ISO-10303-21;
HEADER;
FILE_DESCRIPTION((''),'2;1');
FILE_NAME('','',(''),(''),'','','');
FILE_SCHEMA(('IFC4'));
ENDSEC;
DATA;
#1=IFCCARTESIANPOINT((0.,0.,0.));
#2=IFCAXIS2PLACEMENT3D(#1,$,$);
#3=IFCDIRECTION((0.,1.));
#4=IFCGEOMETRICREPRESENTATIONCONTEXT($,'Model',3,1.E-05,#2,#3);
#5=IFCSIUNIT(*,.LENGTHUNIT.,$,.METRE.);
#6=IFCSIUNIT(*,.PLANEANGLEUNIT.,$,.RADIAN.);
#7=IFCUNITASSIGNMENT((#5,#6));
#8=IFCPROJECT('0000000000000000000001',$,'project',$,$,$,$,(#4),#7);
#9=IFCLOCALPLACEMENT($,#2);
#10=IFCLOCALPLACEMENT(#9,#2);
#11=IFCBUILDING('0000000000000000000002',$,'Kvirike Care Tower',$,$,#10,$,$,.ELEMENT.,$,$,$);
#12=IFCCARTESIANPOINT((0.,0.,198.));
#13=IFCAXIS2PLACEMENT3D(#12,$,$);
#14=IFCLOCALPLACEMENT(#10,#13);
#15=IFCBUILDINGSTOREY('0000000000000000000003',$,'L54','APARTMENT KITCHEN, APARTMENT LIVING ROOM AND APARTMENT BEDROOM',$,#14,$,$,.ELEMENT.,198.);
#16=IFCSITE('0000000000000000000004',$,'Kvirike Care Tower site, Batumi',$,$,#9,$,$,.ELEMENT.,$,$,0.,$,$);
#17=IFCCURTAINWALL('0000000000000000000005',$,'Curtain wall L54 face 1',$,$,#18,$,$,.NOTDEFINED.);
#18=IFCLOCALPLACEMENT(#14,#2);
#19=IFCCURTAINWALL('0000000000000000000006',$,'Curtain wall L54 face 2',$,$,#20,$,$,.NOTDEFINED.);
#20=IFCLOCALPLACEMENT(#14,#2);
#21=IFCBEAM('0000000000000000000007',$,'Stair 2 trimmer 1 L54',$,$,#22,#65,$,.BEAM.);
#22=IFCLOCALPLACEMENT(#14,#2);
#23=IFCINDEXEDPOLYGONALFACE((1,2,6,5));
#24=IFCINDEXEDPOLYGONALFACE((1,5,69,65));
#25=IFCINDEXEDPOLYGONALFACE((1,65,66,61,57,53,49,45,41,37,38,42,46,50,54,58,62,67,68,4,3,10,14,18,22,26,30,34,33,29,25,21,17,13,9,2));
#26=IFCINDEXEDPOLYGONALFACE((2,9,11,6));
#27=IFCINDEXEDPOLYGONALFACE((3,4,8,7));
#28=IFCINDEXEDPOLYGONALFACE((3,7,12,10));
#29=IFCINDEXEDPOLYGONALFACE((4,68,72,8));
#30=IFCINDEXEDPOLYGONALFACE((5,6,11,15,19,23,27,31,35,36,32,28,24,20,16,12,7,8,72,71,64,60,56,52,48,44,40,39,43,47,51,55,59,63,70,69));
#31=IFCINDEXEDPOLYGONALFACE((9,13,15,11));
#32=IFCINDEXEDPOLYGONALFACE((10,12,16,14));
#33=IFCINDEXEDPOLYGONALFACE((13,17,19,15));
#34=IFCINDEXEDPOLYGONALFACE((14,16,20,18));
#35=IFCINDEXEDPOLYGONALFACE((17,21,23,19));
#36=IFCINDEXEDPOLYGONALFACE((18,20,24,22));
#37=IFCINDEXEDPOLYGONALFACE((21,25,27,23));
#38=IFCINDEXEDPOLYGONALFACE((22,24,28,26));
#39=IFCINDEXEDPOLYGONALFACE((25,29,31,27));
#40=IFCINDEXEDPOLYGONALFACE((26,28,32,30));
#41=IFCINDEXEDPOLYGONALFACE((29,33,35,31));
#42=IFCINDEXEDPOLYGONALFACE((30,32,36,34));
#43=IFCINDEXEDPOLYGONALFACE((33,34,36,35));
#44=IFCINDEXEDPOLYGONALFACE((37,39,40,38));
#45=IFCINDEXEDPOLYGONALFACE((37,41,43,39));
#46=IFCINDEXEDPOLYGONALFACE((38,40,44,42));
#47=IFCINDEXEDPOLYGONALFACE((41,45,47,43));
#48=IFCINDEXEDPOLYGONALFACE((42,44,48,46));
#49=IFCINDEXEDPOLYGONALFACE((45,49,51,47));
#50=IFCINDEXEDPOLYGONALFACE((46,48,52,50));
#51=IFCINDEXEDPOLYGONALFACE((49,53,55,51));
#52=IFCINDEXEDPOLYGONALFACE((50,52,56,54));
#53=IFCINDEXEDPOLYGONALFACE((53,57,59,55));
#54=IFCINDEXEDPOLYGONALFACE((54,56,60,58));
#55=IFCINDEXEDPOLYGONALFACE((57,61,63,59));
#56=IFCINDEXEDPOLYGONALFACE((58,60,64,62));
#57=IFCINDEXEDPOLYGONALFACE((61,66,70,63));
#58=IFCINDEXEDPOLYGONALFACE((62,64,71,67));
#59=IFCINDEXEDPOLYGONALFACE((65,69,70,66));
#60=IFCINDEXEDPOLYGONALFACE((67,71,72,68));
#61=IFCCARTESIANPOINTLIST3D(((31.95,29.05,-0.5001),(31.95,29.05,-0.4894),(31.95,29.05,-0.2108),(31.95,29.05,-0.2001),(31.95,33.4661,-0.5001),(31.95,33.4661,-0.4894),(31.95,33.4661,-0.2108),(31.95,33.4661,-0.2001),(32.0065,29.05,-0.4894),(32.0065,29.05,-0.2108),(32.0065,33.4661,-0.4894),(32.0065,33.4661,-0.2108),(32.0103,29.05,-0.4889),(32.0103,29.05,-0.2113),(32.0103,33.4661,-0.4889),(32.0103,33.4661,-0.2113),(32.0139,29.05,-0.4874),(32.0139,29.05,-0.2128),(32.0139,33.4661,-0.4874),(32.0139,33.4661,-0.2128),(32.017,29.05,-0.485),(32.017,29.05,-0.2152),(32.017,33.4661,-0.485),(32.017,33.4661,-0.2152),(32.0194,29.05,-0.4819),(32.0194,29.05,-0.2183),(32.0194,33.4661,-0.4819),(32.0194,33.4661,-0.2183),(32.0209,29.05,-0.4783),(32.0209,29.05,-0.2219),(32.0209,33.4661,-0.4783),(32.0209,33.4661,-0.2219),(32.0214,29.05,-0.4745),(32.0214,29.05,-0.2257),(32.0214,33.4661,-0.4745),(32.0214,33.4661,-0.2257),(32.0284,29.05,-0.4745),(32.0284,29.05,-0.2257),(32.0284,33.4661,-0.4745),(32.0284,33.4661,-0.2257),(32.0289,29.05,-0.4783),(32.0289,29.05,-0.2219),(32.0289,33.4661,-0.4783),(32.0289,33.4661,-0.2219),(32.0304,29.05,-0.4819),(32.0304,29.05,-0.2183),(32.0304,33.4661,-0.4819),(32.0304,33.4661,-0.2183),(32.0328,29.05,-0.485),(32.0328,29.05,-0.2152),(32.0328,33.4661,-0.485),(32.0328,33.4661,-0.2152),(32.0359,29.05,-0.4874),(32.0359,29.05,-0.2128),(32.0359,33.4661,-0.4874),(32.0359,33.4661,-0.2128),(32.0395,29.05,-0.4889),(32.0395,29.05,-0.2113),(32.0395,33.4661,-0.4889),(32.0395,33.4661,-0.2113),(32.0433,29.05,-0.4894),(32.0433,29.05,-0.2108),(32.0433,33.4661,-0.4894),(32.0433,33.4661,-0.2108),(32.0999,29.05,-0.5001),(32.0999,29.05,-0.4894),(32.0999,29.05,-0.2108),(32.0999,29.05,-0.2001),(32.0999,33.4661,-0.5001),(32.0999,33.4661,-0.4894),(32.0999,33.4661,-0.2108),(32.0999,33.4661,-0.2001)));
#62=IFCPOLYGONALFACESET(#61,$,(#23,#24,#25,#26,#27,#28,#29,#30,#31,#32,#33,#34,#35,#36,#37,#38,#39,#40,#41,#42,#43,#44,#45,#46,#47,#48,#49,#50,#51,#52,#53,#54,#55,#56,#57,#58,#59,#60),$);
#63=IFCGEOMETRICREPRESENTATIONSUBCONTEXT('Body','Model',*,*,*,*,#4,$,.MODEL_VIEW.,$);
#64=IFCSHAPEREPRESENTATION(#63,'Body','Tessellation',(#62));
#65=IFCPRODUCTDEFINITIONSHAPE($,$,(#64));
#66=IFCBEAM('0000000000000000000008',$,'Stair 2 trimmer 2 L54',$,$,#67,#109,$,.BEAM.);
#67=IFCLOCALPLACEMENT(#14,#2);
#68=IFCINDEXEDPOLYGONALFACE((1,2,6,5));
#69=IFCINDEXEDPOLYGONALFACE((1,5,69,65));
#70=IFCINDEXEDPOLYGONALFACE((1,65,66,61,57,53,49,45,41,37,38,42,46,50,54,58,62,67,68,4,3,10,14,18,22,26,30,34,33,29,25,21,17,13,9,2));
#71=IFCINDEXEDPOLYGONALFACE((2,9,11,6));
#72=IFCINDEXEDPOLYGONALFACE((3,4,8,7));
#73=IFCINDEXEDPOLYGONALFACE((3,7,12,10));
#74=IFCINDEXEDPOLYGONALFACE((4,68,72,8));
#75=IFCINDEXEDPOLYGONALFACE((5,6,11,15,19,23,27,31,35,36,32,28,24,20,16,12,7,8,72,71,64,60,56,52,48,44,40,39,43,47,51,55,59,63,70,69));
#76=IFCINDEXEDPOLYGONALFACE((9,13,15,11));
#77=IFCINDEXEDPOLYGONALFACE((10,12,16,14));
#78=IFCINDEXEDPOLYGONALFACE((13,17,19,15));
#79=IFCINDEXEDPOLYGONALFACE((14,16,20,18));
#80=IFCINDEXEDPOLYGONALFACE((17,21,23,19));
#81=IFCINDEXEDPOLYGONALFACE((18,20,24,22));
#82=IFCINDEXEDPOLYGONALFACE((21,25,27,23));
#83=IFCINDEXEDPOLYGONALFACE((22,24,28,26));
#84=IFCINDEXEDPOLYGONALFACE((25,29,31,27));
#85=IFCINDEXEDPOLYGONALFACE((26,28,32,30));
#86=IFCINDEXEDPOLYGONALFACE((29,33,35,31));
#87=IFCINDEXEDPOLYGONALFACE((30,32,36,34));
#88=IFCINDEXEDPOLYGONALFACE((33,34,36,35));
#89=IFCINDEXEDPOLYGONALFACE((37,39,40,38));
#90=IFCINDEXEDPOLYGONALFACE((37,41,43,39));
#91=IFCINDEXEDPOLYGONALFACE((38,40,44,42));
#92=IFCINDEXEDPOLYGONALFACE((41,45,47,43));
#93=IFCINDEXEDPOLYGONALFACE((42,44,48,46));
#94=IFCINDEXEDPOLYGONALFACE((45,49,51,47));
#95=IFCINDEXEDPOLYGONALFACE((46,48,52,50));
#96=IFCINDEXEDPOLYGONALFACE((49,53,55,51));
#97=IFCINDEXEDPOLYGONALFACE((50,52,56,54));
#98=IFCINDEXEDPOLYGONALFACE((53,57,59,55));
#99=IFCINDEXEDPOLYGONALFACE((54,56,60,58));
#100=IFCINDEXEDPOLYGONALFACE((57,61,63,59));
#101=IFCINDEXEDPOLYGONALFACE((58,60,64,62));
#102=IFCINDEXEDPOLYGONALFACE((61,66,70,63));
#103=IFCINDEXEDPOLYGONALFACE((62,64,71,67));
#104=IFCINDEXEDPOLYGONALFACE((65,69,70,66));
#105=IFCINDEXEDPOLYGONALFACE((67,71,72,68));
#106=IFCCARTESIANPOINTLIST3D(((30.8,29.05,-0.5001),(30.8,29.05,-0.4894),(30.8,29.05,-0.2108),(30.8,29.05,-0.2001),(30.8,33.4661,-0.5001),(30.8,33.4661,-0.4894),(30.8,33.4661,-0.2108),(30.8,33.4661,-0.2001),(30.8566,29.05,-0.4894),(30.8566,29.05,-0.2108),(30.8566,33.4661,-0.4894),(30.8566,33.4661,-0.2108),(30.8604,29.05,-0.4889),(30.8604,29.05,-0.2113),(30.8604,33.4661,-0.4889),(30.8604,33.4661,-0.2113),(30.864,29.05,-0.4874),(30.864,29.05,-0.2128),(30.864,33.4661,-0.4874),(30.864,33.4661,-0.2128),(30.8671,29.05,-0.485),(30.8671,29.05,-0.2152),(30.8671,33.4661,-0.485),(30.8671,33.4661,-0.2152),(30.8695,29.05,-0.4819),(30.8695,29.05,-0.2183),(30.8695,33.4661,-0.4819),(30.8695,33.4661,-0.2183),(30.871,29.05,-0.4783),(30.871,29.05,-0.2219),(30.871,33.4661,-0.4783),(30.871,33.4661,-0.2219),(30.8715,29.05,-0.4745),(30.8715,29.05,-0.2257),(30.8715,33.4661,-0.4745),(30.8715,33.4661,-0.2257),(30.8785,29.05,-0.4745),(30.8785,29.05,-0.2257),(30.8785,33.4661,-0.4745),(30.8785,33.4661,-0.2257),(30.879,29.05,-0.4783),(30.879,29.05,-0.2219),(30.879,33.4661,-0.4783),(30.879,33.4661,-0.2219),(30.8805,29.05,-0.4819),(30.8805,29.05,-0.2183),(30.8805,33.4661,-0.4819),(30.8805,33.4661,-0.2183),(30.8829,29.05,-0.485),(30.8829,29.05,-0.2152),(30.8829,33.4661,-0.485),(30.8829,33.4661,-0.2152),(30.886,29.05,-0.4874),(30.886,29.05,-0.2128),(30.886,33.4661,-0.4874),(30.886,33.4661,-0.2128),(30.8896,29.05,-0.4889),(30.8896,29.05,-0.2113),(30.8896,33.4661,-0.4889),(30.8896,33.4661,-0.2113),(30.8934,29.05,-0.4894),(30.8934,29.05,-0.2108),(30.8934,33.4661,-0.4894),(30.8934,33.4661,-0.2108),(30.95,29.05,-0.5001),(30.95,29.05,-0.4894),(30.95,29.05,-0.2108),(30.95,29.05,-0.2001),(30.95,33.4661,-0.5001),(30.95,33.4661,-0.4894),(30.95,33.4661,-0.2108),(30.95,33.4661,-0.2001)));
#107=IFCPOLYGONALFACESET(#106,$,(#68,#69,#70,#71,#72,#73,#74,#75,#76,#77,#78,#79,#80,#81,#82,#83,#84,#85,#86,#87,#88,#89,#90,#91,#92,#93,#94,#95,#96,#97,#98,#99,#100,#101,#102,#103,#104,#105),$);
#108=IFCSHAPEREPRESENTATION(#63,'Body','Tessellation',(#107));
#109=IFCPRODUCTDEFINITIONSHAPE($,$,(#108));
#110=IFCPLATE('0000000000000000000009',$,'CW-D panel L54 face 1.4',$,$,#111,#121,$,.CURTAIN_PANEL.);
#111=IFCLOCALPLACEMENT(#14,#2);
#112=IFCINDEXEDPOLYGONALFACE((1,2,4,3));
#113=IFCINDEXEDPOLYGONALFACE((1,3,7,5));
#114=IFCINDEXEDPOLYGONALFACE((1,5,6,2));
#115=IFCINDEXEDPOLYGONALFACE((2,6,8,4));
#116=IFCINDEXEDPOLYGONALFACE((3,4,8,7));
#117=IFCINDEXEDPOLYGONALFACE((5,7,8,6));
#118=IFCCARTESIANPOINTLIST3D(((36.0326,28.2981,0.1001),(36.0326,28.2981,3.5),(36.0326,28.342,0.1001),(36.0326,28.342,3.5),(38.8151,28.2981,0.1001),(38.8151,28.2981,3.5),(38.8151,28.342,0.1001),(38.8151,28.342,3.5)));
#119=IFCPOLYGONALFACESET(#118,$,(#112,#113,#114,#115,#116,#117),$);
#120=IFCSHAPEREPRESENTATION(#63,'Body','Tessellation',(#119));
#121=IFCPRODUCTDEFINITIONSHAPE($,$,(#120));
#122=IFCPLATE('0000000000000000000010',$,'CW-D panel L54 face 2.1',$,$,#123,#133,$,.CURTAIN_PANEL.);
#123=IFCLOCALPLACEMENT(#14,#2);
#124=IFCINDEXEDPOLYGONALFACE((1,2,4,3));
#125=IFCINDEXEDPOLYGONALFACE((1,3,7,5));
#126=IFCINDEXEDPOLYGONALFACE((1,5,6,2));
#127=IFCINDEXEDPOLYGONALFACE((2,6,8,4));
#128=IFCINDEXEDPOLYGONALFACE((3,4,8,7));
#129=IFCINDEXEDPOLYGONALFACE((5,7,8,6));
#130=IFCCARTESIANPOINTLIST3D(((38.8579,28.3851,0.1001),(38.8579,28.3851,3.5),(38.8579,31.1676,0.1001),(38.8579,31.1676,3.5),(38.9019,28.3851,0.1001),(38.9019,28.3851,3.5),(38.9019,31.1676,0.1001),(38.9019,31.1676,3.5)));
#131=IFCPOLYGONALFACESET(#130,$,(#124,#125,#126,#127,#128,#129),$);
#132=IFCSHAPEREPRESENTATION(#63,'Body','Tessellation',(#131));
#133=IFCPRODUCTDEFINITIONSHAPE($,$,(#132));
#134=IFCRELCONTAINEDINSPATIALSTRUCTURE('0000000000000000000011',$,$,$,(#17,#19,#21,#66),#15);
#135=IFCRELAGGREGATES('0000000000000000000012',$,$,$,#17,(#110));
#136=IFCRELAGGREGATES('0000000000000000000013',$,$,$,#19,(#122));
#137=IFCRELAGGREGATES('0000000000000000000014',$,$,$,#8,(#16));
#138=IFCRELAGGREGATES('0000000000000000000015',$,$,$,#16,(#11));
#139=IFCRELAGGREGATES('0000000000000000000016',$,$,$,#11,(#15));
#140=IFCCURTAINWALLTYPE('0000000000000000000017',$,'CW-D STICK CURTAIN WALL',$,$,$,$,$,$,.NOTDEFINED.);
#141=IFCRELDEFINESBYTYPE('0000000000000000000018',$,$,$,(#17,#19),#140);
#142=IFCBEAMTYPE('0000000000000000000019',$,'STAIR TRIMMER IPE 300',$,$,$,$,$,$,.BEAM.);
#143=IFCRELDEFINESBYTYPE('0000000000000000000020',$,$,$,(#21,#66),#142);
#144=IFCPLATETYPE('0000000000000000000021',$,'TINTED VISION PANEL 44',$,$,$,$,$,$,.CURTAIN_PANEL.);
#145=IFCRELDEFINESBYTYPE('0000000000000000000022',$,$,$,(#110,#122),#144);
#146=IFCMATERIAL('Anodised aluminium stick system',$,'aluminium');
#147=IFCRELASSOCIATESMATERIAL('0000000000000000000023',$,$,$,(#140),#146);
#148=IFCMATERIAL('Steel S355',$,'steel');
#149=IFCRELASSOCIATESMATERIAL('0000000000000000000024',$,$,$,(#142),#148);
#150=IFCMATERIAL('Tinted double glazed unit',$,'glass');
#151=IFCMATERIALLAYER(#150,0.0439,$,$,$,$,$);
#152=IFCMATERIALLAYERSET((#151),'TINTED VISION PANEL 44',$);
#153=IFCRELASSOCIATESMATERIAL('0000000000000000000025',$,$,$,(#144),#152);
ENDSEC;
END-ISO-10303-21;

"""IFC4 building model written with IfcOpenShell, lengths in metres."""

from ifc_helpers import new_model, si_unit, direction, frame, origin, origin_2d, place, context, subcontext, project, spatial, rectangle, i_section, extrude, material, layer, layer_set, material_profile, profile_set, type_object, element, aggregate, save


model = new_model("IFC4")

# Units and contexts
model_context = context("Model", 3, precision=1e-05, world=origin(), true_north=direction((0.0, 1.0)))
body_context = subcontext(model_context, "Body", "Model", "MODEL_VIEW")
ifc_project = project(units=[si_unit("LENGTHUNIT", "METRE"), si_unit("PLANEANGLEUNIT", "RADIAN")], contexts=[model_context])

# Site, building, storey
site_placement = place(None, origin())
site = spatial("IfcSite", under=ifc_project, at=site_placement, Name="Kvirike Care Tower site, Batumi", CompositionType="ELEMENT", RefElevation=0.0)
building_placement = place(site_placement, origin())
building = spatial("IfcBuilding", under=site, at=building_placement, Name="Kvirike Care Tower", CompositionType="ELEMENT")
storey_placement = place(building_placement, frame((0.0, 0.0, 198.0)))
storey = spatial("IfcBuildingStorey", under=building, at=storey_placement, Name="L54", Description="APARTMENT KITCHEN, APARTMENT LIVING ROOM AND APARTMENT BEDROOM", CompositionType="ELEMENT", Elevation=198.0)

# Curtain wall
ifc_material_1 = material(Name="Anodised aluminium stick system", Category="aluminium")
curtain_wall_type = type_object("IfcCurtainWallType", Name="CW-D STICK CURTAIN WALL", PredefinedType="NOTDEFINED", material=ifc_material_1)
curtain_wall_1_placement = place(storey_placement, origin())
curtain_wall_1 = element("IfcCurtainWall", 1, at=curtain_wall_1_placement, inside=storey, type_object=curtain_wall_type, Name="Curtain wall L54 face 1", PredefinedType="NOTDEFINED")

# Curtain wall
curtain_wall_2_placement = place(storey_placement, origin())
curtain_wall_2 = element("IfcCurtainWall", 2, at=curtain_wall_2_placement, inside=storey, type_object=curtain_wall_type, Name="Curtain wall L54 face 2", PredefinedType="NOTDEFINED")

# Beams
ifc_material_2 = material(Name="Steel S355", Category="steel")
ifc_material_profile_1 = material_profile(ifc_material_2, i_section(OverallWidth=0.1499, OverallDepth=0.3, WebThickness=0.0071, FlangeThickness=0.0107, FilletRadius=0.0149, at=origin_2d()), Name="IPE 300")
ifc_profile_set_1 = profile_set([ifc_material_profile_1], Name="Steel S355")
beam_type_1 = type_object("IfcBeamType", Name="STAIR TRIMMER IPE 300", PredefinedType="BEAM", material=ifc_profile_set_1)
for number, where, z_axis, x_axis, name in (
    (3, (32.0249, 29.05, -0.3501), (0.0, 1.0, 0.0), (-1.0, 0.0, 0.0), "Stair 2 trimmer 1 L54"),
    (4, (30.875, 29.05, -0.3501), (0.0, 1.0, 0.0), (-1.0, 0.0, 0.0), "Stair 2 trimmer 2 L54"),
):
    element("IfcBeam", number, at=place(storey_placement, frame(where, z_axis=z_axis, x_axis=x_axis)), inside=storey, type_object=beam_type_1, Name=name, PredefinedType="BEAM", context=body_context, shape_type="SweptSolid", body=[
        extrude(i_section(OverallWidth=0.1499, OverallDepth=0.3, WebThickness=0.0071, FlangeThickness=0.0107, FilletRadius=0.0149, at=origin_2d()), origin(), (0.0, 0.0, 1.0), 4.416),
    ])

# Plates
ifc_material_3 = material(Name="Tinted double glazed unit", Category="glass")
ifc_layer_1 = layer(ifc_material_3, 0.0439)
ifc_layer_set_1 = layer_set([ifc_layer_1], Name="TINTED VISION PANEL 44")
plate_type = type_object("IfcPlateType", Name="TINTED VISION PANEL 44", PredefinedType="CURTAIN_PANEL", material=ifc_layer_set_1)
plate_1_placement = place(storey_placement, frame((37.4238, 28.3201, 0.1001), z_axis=(0.0, 0.0, 1.0), x_axis=(1.0, 0.0, 0.0)))
plate_1 = element("IfcPlate", 5, at=plate_1_placement, type_object=plate_type, Name="CW-D panel L54 face 1.4", PredefinedType="CURTAIN_PANEL", context=body_context, shape_type="SweptSolid", body=[
    extrude(rectangle(XDim=2.7825, YDim=0.0439, at=origin_2d()), origin(), (0.0, 0.0, 1.0), 3.3999),
])
aggregate(curtain_wall_1, [plate_1])
plate_2_placement = place(storey_placement, frame((38.8799, 29.7764, 0.1001), z_axis=(0.0, 0.0, 1.0), x_axis=(0.0, 1.0, 0.0)))
plate_2 = element("IfcPlate", 6, at=plate_2_placement, type_object=plate_type, Name="CW-D panel L54 face 2.1", PredefinedType="CURTAIN_PANEL", context=body_context, shape_type="SweptSolid", body=[
    extrude(rectangle(XDim=2.7825, YDim=0.0439, at=origin_2d()), origin(), (0.0, 0.0, 1.0), 3.3999),
])
aggregate(curtain_wall_2, [plate_2])

save(model, "model.ifc")
